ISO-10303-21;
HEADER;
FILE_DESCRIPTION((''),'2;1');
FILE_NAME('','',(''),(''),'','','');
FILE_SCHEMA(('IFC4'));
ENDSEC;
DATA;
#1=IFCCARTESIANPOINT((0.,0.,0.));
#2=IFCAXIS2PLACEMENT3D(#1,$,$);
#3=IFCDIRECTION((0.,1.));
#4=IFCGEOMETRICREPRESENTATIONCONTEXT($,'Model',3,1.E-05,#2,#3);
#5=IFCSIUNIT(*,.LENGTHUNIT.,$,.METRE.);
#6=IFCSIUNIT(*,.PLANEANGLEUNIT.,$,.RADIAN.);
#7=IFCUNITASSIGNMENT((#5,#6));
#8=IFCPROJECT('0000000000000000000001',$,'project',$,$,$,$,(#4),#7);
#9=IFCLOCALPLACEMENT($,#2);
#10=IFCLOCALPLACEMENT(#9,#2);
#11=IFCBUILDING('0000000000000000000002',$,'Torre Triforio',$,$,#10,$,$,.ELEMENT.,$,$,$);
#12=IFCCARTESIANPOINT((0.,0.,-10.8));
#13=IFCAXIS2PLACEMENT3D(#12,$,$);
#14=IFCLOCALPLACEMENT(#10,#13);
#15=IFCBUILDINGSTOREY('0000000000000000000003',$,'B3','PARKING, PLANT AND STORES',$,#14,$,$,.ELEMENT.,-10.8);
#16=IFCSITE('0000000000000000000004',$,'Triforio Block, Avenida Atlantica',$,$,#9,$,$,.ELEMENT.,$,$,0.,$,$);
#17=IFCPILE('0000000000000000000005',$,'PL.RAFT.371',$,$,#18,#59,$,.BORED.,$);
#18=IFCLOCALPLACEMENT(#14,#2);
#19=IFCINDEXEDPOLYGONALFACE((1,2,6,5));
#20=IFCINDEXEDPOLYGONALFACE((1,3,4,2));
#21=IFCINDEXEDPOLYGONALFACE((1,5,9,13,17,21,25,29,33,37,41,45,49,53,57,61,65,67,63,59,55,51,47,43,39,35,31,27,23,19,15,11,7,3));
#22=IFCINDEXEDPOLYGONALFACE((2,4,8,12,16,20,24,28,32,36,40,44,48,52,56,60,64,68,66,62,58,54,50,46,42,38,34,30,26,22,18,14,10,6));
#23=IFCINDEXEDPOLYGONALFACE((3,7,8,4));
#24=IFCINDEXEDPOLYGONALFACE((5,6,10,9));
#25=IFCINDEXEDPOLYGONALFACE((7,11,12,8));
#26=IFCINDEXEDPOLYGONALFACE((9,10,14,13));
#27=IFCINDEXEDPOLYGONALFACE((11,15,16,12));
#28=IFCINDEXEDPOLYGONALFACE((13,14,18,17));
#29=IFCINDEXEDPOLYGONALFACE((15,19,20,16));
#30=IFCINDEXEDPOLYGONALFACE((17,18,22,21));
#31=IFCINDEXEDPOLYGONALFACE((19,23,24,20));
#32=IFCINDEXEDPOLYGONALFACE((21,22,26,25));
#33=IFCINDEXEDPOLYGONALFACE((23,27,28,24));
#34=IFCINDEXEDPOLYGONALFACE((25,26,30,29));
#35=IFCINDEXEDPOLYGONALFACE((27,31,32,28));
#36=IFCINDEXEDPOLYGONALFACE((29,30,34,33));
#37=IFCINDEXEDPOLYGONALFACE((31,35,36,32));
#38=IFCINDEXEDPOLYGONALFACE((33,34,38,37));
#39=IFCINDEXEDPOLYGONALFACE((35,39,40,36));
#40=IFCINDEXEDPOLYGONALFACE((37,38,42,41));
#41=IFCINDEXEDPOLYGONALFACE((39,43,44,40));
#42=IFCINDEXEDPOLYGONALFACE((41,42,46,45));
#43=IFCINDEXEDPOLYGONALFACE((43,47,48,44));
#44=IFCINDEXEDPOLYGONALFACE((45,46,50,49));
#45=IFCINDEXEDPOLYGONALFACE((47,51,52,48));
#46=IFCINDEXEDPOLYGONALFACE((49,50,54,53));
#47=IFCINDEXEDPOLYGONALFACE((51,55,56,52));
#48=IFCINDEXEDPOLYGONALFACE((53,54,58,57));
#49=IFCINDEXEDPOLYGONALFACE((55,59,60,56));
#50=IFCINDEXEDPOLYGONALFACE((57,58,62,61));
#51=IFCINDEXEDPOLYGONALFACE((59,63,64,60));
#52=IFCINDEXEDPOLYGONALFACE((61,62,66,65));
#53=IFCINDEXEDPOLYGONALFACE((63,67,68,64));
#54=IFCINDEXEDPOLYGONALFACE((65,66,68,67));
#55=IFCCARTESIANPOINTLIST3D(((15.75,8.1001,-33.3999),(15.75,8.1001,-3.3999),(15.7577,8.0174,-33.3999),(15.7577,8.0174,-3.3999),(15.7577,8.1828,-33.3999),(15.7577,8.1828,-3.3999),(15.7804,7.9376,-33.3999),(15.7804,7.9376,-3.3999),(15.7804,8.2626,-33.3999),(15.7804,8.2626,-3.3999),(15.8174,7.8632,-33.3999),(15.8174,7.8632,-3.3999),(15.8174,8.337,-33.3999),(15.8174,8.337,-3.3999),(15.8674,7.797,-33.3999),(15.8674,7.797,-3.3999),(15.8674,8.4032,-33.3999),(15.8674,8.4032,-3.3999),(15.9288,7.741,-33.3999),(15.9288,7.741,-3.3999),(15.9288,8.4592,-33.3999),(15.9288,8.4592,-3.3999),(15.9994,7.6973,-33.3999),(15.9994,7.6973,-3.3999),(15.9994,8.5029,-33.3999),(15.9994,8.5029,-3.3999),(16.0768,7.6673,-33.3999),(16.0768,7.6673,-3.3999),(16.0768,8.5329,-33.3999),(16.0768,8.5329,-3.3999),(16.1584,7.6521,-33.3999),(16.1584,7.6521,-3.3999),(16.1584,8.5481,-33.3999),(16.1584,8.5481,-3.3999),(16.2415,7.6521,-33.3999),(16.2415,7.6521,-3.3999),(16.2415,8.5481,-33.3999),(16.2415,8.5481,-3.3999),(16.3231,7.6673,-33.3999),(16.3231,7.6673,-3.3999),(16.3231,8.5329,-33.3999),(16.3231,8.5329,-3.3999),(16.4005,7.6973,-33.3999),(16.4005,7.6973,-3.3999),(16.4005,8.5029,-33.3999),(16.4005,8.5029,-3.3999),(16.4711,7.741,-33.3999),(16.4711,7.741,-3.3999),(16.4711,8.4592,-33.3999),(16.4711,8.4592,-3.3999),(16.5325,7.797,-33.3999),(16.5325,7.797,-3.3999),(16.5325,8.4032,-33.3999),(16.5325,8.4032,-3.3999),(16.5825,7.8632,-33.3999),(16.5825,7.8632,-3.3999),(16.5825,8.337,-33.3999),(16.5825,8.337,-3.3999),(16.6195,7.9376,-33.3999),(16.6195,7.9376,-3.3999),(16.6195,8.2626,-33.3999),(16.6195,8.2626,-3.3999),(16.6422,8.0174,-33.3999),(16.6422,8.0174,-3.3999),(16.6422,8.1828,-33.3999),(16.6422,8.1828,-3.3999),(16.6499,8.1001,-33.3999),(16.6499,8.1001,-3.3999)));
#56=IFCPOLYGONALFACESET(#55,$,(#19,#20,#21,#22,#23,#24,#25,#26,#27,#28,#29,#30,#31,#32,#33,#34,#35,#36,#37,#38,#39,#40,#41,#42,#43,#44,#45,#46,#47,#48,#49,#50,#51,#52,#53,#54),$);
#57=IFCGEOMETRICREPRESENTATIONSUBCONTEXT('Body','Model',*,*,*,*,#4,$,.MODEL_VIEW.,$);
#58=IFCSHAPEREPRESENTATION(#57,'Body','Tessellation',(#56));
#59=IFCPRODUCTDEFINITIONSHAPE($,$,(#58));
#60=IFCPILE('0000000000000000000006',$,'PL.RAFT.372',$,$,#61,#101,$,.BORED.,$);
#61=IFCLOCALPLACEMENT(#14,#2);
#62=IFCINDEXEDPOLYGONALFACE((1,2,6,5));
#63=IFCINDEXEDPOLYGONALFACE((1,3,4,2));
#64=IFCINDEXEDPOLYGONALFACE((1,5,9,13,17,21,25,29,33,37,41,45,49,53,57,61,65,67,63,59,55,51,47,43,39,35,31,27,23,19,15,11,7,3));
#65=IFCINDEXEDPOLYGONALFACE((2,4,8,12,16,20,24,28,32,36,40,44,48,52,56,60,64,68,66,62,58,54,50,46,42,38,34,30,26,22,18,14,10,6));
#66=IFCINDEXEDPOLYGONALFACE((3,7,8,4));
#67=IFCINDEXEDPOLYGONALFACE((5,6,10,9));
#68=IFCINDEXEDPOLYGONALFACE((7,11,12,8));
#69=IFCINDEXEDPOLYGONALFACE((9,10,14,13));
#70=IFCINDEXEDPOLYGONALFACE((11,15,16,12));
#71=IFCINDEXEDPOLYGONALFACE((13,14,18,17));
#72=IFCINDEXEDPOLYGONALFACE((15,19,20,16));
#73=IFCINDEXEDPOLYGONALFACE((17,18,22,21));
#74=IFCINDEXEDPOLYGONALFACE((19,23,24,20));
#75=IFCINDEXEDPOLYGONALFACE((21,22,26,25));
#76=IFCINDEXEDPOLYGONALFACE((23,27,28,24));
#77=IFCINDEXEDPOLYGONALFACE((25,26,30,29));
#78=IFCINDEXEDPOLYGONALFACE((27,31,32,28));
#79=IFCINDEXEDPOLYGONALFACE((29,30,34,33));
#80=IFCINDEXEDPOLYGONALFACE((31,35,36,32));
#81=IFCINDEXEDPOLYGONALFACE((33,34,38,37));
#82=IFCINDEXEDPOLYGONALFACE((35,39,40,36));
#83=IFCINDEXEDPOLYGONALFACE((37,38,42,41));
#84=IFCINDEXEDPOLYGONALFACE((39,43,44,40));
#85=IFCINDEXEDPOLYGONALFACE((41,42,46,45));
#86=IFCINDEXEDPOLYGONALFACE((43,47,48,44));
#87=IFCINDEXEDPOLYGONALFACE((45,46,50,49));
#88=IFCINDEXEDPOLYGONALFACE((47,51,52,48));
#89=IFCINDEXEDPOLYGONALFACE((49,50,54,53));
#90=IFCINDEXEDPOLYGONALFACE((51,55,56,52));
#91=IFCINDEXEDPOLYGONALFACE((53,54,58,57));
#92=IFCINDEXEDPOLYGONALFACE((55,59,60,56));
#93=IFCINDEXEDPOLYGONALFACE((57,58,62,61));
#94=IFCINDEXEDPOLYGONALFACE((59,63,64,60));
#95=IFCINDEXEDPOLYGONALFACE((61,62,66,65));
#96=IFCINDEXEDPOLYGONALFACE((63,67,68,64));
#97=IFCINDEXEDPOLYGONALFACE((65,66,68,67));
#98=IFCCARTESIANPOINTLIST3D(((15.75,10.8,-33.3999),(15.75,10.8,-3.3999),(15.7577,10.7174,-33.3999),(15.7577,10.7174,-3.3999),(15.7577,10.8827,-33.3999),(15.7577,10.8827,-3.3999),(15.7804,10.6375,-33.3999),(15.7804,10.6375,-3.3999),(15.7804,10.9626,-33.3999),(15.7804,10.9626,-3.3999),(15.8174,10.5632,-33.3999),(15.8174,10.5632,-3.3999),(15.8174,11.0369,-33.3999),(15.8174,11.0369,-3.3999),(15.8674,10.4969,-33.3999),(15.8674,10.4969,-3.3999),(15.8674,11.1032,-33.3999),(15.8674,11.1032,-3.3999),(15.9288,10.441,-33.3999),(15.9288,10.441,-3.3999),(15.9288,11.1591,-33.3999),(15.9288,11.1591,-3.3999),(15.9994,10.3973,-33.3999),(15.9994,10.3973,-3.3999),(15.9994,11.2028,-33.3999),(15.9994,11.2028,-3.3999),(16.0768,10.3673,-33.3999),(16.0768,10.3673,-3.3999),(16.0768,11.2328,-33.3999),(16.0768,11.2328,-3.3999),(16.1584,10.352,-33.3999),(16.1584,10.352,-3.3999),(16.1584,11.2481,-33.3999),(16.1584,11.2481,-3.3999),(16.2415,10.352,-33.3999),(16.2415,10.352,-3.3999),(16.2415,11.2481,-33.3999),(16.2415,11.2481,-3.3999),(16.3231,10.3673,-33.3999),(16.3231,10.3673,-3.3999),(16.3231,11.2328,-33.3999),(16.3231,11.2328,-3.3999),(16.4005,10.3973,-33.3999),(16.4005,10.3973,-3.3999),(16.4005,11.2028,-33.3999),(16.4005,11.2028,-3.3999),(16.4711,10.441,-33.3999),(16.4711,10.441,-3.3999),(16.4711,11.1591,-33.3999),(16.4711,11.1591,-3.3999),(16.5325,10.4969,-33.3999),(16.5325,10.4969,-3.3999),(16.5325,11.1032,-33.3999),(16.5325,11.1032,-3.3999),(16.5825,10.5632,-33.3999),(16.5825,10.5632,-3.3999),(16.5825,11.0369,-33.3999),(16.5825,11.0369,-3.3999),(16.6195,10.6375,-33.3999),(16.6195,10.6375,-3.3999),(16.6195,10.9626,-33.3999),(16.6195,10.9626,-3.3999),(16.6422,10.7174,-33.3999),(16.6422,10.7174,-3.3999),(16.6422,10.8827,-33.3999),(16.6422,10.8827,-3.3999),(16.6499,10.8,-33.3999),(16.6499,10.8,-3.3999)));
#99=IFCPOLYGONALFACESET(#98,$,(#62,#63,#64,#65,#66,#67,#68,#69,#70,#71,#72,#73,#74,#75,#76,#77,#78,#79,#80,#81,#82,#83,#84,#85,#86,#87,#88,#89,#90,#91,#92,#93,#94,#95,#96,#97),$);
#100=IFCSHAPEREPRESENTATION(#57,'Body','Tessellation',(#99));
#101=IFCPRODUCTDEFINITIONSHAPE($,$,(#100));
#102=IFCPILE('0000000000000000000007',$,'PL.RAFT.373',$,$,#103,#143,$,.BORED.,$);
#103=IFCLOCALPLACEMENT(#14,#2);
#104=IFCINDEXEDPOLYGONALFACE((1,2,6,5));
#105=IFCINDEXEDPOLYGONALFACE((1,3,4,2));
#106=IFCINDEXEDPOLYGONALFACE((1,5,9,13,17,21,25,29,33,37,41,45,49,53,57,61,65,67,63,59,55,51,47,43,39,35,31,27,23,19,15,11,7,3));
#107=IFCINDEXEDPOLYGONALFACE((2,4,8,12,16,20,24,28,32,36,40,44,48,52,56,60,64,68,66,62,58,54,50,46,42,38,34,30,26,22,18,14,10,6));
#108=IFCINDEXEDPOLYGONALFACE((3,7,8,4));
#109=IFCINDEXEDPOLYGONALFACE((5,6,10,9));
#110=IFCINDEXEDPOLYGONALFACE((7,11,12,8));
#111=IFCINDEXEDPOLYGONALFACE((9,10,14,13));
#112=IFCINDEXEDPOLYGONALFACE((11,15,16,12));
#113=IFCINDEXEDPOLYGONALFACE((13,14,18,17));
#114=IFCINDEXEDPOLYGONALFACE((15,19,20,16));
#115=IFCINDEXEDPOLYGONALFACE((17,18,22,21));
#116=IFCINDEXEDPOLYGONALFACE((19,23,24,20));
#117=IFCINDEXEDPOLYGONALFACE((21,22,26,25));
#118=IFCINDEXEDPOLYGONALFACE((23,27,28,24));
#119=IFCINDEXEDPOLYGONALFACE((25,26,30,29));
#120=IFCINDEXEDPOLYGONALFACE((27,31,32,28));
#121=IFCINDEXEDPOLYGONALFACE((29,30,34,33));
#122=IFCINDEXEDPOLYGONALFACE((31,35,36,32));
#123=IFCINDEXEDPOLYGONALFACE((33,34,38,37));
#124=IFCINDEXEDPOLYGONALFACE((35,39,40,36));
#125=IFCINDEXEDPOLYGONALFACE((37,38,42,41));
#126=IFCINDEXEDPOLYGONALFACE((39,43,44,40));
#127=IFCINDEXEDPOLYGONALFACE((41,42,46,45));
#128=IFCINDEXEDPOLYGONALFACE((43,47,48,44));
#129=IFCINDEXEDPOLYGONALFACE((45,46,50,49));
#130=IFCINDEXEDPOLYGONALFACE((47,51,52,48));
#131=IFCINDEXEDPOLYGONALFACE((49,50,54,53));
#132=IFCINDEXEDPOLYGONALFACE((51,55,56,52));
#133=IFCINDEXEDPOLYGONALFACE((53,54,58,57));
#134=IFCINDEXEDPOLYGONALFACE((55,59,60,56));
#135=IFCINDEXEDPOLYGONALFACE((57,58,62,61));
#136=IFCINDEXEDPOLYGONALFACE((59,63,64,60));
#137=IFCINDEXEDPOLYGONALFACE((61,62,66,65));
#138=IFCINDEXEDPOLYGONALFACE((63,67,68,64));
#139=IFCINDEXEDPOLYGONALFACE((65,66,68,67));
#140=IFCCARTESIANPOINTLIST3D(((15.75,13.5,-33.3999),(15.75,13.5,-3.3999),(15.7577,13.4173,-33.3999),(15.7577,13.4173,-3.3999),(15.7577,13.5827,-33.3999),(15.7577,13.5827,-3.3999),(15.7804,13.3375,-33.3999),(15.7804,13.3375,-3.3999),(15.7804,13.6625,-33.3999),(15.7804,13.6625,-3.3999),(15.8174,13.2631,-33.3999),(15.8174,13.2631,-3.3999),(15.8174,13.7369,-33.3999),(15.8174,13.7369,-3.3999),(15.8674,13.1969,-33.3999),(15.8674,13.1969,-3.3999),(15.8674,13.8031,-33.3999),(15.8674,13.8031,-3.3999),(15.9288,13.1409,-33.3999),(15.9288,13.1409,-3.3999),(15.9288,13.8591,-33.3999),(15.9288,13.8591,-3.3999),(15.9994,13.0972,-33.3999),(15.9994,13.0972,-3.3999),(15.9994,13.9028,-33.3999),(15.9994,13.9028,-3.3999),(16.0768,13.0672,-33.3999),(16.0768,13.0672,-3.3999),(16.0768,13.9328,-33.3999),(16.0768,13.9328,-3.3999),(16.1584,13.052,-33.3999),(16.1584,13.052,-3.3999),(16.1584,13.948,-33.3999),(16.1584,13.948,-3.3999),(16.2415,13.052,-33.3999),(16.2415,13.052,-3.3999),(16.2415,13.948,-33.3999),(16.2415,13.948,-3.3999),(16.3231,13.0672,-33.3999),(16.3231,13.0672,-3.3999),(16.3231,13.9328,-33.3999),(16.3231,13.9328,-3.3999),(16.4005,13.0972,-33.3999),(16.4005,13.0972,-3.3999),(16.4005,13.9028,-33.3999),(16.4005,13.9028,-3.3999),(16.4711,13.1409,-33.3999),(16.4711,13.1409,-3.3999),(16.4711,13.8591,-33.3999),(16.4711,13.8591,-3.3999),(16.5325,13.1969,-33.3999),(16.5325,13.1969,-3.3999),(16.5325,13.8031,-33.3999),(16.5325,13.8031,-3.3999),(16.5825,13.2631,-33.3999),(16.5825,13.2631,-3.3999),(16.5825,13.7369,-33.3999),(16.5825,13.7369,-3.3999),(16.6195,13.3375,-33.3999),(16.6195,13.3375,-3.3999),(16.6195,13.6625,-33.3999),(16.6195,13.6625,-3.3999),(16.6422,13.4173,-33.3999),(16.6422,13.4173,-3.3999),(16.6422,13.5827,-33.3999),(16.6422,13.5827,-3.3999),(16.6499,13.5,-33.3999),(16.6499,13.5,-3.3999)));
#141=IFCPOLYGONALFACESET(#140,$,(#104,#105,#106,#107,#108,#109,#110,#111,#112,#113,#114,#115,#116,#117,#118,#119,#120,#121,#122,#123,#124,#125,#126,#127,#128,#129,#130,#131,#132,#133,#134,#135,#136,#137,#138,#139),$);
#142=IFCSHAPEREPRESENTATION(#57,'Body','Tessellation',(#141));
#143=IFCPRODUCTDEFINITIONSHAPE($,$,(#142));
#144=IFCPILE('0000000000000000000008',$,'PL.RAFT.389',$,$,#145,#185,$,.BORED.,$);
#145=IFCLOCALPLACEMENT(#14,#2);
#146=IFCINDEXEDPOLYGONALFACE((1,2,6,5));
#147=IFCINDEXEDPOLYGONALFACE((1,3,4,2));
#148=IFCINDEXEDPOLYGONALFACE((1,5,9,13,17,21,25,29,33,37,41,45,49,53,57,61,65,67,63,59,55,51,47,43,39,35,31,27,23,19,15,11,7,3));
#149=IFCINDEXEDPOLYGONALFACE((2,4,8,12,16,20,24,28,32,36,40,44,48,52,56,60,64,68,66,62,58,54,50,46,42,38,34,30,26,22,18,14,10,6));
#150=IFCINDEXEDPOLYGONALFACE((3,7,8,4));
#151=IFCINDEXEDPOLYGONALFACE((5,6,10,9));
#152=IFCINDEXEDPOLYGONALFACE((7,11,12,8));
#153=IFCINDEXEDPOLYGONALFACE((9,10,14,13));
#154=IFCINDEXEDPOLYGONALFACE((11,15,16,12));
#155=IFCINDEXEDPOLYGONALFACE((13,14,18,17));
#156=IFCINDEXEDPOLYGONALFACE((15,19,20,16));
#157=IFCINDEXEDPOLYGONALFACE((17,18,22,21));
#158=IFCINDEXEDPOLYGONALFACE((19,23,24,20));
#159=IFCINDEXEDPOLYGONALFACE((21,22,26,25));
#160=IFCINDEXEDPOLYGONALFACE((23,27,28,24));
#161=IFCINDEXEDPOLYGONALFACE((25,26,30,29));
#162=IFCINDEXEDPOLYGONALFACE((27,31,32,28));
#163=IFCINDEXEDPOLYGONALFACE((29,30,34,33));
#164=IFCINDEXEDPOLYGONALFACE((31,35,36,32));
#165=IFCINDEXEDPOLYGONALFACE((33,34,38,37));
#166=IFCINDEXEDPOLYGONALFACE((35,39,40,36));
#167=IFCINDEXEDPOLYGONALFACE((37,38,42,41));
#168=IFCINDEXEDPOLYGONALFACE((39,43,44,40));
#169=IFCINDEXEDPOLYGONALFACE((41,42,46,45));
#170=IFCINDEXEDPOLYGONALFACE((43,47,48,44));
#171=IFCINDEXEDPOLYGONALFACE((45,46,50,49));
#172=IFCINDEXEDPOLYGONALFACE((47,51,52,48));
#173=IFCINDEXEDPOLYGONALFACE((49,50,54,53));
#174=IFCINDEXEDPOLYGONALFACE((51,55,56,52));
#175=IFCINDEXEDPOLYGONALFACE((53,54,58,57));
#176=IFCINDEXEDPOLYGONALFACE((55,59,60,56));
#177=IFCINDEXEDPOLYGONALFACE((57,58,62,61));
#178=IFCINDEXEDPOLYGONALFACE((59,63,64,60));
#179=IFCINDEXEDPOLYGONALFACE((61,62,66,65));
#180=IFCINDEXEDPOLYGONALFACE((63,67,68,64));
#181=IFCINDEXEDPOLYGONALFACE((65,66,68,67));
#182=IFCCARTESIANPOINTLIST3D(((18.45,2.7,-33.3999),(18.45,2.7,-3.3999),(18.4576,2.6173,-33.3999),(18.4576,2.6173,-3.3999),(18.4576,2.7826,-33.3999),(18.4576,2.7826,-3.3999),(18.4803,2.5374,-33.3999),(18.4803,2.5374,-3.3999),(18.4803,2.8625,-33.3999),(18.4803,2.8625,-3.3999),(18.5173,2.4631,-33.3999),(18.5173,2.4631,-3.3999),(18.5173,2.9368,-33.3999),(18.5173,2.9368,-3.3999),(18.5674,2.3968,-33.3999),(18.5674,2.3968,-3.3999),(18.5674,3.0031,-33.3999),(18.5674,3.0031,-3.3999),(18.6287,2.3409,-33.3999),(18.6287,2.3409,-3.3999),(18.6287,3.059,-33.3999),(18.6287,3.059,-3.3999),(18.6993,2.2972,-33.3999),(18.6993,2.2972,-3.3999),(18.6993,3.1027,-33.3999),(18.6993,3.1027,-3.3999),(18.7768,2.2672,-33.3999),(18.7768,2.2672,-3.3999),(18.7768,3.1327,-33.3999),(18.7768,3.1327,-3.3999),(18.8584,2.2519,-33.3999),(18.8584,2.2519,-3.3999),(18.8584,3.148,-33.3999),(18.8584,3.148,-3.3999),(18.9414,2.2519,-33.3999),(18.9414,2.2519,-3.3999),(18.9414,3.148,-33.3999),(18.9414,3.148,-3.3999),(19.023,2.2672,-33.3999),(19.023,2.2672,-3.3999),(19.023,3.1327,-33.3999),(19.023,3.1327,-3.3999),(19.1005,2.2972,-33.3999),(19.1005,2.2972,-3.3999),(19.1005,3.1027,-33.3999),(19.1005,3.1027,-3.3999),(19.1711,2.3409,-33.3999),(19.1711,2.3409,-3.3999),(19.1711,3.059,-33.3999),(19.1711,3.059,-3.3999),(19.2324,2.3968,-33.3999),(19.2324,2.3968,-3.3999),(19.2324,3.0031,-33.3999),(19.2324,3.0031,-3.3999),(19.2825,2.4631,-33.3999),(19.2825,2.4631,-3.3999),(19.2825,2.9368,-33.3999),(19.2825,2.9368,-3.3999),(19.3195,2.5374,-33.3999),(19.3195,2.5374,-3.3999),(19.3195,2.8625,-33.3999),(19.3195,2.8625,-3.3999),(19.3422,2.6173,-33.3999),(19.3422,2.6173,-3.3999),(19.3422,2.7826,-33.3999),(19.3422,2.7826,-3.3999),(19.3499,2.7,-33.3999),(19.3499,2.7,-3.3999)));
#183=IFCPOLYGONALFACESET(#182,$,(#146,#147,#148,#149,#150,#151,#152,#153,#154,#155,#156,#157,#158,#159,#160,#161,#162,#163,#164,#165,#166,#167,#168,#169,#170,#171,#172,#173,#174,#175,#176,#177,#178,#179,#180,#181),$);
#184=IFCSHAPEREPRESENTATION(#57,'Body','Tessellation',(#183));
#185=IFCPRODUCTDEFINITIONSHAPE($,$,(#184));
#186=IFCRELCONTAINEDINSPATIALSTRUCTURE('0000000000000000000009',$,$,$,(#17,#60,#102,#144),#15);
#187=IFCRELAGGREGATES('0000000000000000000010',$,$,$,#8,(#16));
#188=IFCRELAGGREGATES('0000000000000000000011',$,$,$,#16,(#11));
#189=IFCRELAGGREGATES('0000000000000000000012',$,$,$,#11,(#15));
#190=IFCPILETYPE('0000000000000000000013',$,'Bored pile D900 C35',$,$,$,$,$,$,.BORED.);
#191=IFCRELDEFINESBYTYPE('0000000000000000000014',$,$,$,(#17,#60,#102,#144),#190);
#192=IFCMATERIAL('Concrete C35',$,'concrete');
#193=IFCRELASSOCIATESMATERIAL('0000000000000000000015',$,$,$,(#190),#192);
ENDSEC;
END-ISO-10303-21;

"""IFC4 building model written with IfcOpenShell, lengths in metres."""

from ifc_helpers import new_model, si_unit, direction, frame, origin, origin_2d, place, context, subcontext, project, spatial, circle, extrude, material, material_profile, profile_set, type_object, element, save


model = new_model("IFC4")

# Units and contexts
model_context = context("Model", 3, precision=1e-05, world=origin(), true_north=direction((0.0, 1.0)))
body_context = subcontext(model_context, "Body", "Model", "MODEL_VIEW")
ifc_project = project(units=[si_unit("LENGTHUNIT", "METRE"), si_unit("PLANEANGLEUNIT", "RADIAN")], contexts=[model_context])

# Site, building, storey
site_placement = place(None, origin())
site = spatial("IfcSite", under=ifc_project, at=site_placement, Name="Triforio Block, Avenida Atlantica", CompositionType="ELEMENT", RefElevation=0.0)
building_placement = place(site_placement, origin())
building = spatial("IfcBuilding", under=site, at=building_placement, Name="Torre Triforio", CompositionType="ELEMENT")
storey_placement = place(building_placement, frame((0.0, 0.0, -10.8)))
storey = spatial("IfcBuildingStorey", under=building, at=storey_placement, Name="B3", Description="PARKING, PLANT AND STORES", CompositionType="ELEMENT", Elevation=-10.8)

# Piles
ifc_material_1 = material(Name="Concrete C35", Category="concrete")
ifc_material_profile_1 = material_profile(ifc_material_1, circle(Radius=0.45, at=origin_2d()), Name="RC D900")
ifc_profile_set_1 = profile_set([ifc_material_profile_1], Name="Concrete C35")
pile_type = type_object("IfcPileType", Name="Bored pile D900 C35", PredefinedType="BORED", material=ifc_profile_set_1)
for number, where, z_axis, x_axis, name in (
    (1, (16.2, 8.1001, -3.3999), (0.0, 0.0, -1.0), (1.0, 0.0, 0.0), "PL.RAFT.371"),
    (2, (16.2, 10.8, -3.3999), (0.0, 0.0, -1.0), (1.0, 0.0, 0.0), "PL.RAFT.372"),
    (3, (16.2, 13.5, -3.3999), (0.0, 0.0, -1.0), (1.0, 0.0, 0.0), "PL.RAFT.373"),
    (4, (18.8999, 2.7, -3.3999), (0.0, 0.0, -1.0), (1.0, 0.0, 0.0), "PL.RAFT.389"),
):
    element("IfcPile", number, at=place(storey_placement, frame(where, z_axis=z_axis, x_axis=x_axis)), inside=storey, type_object=pile_type, Name=name, PredefinedType="BORED", context=body_context, shape_type="SweptSolid", body=[
        extrude(circle(Radius=0.45, at=origin_2d()), origin(), (0.0, 0.0, 1.0), 30.0),
    ])

save(model, "model.ifc")
